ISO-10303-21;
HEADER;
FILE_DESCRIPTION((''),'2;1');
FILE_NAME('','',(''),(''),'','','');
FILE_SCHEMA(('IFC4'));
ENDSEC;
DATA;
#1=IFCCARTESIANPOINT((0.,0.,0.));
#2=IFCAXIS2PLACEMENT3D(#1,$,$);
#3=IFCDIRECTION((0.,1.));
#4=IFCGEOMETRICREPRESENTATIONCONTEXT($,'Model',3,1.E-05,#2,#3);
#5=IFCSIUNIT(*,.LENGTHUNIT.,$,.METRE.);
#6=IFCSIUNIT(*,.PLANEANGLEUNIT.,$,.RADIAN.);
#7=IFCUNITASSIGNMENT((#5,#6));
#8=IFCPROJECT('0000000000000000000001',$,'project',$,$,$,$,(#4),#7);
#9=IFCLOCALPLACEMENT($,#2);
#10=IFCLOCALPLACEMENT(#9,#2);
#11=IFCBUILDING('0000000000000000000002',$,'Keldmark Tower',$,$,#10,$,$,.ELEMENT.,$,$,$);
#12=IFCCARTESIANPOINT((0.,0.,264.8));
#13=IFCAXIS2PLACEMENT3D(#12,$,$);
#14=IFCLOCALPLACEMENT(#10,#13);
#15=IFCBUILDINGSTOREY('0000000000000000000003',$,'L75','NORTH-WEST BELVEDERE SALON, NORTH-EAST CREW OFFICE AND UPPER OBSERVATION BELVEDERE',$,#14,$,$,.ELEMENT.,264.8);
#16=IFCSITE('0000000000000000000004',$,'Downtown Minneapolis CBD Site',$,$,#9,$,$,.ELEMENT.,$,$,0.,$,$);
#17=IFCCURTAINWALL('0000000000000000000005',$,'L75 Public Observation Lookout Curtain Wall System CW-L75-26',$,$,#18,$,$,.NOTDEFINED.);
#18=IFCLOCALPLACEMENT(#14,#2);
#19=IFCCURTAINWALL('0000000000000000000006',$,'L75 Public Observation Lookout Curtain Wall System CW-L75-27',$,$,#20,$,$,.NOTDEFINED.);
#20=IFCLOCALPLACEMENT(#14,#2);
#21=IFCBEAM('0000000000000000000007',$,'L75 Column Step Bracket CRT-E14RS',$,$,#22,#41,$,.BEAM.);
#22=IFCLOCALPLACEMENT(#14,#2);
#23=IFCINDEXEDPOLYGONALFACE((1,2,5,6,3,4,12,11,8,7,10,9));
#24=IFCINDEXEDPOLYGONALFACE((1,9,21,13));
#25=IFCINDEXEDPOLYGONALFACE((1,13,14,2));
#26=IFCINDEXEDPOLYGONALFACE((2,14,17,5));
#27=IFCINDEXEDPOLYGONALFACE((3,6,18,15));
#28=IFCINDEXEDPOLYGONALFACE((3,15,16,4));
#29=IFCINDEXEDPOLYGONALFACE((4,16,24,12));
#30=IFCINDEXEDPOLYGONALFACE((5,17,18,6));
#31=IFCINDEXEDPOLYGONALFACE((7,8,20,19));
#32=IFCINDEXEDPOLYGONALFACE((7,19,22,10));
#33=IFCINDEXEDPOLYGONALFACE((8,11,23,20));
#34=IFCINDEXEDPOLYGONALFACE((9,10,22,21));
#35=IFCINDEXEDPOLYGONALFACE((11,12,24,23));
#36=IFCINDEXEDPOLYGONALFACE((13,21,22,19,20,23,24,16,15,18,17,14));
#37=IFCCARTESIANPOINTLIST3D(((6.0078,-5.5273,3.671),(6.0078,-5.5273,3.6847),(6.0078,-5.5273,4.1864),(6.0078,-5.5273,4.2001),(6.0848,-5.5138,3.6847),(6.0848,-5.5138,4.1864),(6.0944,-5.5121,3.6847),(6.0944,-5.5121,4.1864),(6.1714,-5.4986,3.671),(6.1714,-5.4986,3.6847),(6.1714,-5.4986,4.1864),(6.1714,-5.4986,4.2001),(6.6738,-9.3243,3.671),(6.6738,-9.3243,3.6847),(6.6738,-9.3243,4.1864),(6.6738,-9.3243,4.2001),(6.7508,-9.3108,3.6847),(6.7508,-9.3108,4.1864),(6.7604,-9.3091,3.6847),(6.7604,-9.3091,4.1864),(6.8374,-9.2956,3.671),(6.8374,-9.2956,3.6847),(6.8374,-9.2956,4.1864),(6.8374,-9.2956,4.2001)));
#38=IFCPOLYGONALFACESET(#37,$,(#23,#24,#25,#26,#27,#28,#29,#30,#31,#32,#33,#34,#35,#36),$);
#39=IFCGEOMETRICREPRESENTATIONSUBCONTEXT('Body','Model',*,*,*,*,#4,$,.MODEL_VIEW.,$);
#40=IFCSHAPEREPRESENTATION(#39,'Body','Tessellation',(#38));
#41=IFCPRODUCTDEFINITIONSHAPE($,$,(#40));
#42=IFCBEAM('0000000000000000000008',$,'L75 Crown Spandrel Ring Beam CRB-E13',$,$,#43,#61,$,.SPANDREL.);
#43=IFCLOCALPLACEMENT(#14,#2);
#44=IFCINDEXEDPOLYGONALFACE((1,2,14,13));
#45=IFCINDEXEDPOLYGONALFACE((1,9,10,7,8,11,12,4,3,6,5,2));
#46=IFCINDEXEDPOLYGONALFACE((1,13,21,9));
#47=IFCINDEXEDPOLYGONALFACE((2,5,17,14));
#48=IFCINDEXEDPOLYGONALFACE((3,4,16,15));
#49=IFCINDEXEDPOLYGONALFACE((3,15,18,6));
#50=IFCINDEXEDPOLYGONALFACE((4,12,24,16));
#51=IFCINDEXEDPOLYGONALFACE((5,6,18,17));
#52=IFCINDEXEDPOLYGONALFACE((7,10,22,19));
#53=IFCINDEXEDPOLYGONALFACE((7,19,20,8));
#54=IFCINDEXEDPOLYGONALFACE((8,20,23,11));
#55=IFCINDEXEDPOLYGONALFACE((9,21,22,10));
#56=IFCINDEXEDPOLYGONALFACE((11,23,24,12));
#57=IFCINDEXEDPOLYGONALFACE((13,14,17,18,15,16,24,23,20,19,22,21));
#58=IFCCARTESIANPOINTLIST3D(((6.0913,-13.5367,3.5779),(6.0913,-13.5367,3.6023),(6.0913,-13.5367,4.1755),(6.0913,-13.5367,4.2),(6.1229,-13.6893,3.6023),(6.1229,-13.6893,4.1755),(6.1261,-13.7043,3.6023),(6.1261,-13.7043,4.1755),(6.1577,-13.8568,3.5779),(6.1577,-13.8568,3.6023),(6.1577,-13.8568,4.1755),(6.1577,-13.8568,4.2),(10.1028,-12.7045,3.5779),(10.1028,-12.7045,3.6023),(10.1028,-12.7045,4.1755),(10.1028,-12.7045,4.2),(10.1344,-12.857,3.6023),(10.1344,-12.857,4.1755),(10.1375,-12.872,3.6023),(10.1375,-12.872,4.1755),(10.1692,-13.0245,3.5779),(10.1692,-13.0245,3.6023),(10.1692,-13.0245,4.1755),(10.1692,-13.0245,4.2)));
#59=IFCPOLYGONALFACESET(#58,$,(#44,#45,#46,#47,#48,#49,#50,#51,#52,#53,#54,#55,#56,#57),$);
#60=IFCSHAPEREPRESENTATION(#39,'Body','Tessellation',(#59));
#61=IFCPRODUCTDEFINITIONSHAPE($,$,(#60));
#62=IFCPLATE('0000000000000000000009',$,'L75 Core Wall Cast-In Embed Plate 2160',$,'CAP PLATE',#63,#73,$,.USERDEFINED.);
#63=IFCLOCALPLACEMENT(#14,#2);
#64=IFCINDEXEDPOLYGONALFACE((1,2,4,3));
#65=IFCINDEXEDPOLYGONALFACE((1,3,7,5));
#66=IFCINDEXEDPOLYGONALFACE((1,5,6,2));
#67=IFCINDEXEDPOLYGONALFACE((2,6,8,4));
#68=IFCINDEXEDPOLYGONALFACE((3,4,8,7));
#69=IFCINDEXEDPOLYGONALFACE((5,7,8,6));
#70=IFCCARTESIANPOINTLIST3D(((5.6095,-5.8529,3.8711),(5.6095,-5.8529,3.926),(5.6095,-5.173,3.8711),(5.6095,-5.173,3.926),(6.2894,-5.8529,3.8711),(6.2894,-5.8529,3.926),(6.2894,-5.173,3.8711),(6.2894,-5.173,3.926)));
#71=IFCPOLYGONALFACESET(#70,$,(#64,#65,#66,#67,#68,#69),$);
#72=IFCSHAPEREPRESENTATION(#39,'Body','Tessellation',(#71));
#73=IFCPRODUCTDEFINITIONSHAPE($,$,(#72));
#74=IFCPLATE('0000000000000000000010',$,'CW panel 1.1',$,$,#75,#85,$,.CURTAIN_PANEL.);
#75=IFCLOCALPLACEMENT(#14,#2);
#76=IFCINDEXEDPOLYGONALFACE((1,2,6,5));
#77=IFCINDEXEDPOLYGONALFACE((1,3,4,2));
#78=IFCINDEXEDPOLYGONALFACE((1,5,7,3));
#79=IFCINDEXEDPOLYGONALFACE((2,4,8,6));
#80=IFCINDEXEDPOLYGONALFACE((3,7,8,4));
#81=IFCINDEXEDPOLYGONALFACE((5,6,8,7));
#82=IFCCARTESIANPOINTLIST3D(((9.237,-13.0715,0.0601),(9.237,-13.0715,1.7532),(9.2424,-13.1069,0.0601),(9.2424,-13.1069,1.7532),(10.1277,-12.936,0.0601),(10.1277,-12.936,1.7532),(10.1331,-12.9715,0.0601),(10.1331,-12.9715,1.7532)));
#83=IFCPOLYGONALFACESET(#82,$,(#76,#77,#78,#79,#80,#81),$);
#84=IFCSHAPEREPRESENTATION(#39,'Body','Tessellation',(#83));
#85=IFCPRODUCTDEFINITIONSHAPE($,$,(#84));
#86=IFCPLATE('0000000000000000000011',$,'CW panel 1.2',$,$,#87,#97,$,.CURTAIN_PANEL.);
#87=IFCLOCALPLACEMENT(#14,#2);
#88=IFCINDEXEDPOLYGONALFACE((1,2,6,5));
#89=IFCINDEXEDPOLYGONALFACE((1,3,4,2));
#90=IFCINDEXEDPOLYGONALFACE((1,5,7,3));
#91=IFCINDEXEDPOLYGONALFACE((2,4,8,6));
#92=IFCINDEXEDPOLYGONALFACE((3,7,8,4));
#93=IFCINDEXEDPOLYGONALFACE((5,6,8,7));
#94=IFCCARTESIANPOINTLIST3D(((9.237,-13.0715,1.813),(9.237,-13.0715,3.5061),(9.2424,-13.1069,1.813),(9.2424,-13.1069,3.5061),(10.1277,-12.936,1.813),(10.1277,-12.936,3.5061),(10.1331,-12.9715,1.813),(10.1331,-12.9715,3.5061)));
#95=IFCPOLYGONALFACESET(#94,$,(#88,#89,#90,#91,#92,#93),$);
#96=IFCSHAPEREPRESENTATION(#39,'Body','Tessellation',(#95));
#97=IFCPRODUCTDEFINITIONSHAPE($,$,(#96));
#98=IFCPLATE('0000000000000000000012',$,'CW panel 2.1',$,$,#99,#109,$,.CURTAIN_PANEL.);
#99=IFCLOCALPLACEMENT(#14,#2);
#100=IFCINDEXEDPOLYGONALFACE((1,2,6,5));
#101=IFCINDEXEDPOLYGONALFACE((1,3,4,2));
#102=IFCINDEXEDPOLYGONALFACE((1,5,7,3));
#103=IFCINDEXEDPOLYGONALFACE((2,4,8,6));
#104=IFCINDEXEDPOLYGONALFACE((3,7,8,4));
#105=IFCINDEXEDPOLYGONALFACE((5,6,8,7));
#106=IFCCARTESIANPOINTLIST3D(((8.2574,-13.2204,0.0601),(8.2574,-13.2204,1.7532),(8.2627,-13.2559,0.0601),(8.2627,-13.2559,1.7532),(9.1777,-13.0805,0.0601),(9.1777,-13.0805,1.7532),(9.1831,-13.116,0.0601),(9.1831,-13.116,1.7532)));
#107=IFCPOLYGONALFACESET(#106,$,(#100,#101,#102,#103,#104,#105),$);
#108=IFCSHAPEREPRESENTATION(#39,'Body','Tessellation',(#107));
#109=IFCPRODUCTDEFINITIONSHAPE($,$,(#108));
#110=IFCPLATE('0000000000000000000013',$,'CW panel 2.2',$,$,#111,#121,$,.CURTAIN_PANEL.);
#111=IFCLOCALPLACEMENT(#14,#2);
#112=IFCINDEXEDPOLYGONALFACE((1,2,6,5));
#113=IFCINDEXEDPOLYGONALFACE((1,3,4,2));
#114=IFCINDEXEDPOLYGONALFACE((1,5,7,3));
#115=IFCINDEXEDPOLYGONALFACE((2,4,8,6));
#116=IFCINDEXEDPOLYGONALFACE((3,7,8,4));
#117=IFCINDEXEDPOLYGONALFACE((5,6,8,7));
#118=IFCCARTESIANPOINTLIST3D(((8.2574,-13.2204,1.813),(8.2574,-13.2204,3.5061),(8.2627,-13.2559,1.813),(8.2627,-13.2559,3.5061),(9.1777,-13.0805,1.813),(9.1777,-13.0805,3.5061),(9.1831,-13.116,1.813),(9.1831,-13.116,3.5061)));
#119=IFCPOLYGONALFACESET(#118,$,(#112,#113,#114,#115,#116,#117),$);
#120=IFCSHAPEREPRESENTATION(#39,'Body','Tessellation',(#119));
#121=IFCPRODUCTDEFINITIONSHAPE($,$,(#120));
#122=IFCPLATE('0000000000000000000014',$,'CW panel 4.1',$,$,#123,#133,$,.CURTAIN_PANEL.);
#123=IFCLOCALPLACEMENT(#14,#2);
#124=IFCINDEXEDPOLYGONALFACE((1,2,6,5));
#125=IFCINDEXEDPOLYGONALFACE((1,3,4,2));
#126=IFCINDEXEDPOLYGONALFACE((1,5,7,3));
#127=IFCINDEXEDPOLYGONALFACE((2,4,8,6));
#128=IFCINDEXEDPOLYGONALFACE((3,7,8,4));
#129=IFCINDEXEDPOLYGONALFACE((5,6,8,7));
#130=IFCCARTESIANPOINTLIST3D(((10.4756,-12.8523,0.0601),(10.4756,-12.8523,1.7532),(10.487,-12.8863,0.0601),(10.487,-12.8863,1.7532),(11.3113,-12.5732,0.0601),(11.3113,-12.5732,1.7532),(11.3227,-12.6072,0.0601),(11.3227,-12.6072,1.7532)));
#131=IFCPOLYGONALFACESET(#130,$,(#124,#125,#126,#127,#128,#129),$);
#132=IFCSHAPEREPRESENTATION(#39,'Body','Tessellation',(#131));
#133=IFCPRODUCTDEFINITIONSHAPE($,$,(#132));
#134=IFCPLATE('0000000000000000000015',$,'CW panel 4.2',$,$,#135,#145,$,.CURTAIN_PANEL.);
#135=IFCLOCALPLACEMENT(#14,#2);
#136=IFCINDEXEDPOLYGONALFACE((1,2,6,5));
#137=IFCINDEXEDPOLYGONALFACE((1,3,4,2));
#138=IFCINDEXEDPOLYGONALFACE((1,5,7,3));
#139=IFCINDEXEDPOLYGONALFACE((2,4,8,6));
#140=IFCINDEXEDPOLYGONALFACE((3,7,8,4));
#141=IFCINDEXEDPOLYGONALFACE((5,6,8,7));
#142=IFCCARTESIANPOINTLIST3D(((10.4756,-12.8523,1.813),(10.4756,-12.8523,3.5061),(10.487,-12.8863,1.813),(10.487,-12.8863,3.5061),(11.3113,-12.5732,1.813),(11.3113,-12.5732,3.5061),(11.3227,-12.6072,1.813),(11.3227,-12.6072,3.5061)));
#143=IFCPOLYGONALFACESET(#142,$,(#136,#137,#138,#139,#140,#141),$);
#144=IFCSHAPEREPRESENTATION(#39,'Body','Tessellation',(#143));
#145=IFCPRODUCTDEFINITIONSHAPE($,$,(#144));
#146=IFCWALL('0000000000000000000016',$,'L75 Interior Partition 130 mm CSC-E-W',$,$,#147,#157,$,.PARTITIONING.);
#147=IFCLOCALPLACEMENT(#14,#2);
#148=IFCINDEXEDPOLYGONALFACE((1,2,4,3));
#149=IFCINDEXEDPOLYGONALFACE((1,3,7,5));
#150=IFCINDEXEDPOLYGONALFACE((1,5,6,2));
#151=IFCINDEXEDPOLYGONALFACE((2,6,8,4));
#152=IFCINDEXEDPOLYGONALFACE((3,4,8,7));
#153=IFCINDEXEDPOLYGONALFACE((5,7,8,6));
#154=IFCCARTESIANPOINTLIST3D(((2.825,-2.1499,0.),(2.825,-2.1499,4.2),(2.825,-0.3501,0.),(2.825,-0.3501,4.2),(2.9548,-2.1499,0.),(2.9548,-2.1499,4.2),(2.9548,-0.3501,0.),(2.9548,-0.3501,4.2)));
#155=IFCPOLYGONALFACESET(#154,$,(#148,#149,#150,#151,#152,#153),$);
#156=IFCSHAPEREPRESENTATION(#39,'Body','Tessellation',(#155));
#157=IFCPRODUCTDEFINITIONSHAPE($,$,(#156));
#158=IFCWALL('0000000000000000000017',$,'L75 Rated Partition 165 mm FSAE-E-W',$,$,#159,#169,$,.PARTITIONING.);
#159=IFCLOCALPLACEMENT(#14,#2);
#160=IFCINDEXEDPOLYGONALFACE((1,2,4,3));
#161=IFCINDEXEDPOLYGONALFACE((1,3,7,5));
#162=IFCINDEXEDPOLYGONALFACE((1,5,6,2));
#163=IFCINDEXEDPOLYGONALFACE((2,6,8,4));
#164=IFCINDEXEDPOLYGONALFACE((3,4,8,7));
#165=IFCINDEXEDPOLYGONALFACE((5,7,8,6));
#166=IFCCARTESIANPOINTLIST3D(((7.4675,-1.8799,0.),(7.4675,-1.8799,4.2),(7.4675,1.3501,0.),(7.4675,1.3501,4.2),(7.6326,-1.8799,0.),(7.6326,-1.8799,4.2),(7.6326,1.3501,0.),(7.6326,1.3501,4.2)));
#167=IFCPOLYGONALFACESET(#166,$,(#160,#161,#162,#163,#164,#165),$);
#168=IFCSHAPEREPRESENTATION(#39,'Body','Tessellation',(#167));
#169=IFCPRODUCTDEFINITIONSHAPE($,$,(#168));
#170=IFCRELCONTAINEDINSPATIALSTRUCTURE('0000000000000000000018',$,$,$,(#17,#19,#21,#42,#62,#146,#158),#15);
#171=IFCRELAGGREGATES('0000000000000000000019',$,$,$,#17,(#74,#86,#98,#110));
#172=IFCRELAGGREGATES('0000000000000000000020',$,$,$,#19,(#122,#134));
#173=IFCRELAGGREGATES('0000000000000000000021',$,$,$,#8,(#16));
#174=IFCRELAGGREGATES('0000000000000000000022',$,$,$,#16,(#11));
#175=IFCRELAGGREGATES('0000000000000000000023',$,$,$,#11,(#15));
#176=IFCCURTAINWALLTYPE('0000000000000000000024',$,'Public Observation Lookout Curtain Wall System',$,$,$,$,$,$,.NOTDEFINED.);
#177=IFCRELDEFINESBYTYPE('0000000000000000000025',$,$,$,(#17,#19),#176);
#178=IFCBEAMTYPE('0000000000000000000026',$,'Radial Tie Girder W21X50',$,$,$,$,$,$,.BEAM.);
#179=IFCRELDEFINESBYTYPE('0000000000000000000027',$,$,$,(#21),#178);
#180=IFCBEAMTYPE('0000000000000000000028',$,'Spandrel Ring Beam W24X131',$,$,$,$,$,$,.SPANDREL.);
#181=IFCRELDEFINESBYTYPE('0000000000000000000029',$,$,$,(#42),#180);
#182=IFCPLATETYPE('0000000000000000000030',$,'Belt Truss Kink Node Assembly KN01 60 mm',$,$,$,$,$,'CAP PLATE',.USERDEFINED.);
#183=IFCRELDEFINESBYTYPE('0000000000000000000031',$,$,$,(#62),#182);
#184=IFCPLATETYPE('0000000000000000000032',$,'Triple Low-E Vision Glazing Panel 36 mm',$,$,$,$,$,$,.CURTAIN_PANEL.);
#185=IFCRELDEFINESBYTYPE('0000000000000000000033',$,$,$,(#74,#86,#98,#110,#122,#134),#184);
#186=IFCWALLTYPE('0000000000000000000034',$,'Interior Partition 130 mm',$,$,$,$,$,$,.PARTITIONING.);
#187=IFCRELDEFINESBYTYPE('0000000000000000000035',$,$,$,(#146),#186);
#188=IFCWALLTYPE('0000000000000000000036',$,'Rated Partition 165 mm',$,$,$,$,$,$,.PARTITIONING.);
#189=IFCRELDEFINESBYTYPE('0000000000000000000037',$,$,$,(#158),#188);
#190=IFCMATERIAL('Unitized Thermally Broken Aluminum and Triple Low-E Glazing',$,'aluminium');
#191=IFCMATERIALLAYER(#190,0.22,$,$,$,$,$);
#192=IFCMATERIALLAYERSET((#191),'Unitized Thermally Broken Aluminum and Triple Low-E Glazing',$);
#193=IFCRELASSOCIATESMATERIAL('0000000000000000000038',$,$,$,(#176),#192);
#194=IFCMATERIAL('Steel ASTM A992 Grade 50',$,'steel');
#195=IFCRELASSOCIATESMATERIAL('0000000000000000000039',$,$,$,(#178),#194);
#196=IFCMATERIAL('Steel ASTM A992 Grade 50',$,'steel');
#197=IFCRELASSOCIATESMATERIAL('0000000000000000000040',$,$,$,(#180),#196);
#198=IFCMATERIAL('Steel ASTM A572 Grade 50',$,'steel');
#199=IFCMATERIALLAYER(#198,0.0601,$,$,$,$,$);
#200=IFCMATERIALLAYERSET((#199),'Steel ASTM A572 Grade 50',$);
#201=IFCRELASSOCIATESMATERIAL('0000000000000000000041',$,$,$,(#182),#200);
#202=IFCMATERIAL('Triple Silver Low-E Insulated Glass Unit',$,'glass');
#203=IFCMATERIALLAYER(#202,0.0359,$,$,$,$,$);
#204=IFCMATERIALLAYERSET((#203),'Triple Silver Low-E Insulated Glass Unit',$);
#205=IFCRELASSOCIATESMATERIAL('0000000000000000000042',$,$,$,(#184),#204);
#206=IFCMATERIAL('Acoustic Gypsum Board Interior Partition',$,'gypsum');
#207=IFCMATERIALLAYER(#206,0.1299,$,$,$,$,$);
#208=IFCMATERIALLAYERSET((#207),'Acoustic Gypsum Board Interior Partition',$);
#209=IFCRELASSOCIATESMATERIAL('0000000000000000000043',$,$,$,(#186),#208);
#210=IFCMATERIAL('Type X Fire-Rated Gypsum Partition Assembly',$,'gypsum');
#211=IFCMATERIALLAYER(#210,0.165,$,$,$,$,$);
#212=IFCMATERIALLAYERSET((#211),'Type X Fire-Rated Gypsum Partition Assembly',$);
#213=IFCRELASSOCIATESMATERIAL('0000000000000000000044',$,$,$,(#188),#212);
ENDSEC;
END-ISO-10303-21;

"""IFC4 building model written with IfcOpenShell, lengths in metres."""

from ifc_helpers import new_model, si_unit, direction, frame, frame_2d, origin, origin_2d, place, context, subcontext, project, spatial, rectangle, i_section, extrude, material, layer, layer_set, material_profile, profile_set, type_object, element, aggregate, save


model = new_model("IFC4")

# Units and contexts
model_context = context("Model", 3, precision=1e-05, world=origin(), true_north=direction((0.0, 1.0)))
body_context = subcontext(model_context, "Body", "Model", "MODEL_VIEW")
ifc_project = project(units=[si_unit("LENGTHUNIT", "METRE"), si_unit("PLANEANGLEUNIT", "RADIAN")], contexts=[model_context])

# Site, building, storey
site_placement = place(None, origin())
site = spatial("IfcSite", under=ifc_project, at=site_placement, Name="Downtown Minneapolis CBD Site", CompositionType="ELEMENT", RefElevation=0.0)
building_placement = place(site_placement, origin())
building = spatial("IfcBuilding", under=site, at=building_placement, Name="Keldmark Tower", CompositionType="ELEMENT")
storey_placement = place(building_placement, frame((0.0, 0.0, 264.8)))
storey = spatial("IfcBuildingStorey", under=building, at=storey_placement, Name="L75", Description="NORTH-WEST BELVEDERE SALON, NORTH-EAST CREW OFFICE AND UPPER OBSERVATION BELVEDERE", CompositionType="ELEMENT", Elevation=264.8)

# Curtain wall
ifc_material_1 = material(Name="Unitized Thermally Broken Aluminum and Triple Low-E Glazing", Category="aluminium")
ifc_layer_1 = layer(ifc_material_1, 0.22)
ifc_layer_set_1 = layer_set([ifc_layer_1], Name="Unitized Thermally Broken Aluminum and Triple Low-E Glazing")
curtain_wall_type = type_object("IfcCurtainWallType", Name="Public Observation Lookout Curtain Wall System", PredefinedType="NOTDEFINED", material=ifc_layer_set_1)
curtain_wall_1_placement = place(storey_placement, origin())
curtain_wall_1 = element("IfcCurtainWall", 1, at=curtain_wall_1_placement, inside=storey, type_object=curtain_wall_type, Name="L75 Public Observation Lookout Curtain Wall System CW-L75-26", PredefinedType="NOTDEFINED")

# Curtain wall
curtain_wall_2_placement = place(storey_placement, origin())
curtain_wall_2 = element("IfcCurtainWall", 2, at=curtain_wall_2_placement, inside=storey, type_object=curtain_wall_type, Name="L75 Public Observation Lookout Curtain Wall System CW-L75-27", PredefinedType="NOTDEFINED")

# Beams
ifc_material_2 = material(Name="Steel ASTM A992 Grade 50", Category="steel")
ifc_material_profile_1 = material_profile(ifc_material_2, i_section(OverallWidth=0.166, OverallDepth=0.5291, WebThickness=0.0098, FlangeThickness=0.0137, at=origin_2d()), Name="W21X50")
ifc_profile_set_1 = profile_set([ifc_material_profile_1], Name="Steel ASTM A992 Grade 50")
beam_type_1 = type_object("IfcBeamType", Name="Radial Tie Girder W21X50", PredefinedType="BEAM", material=ifc_profile_set_1)
beam_1_placement = place(storey_placement, frame((6.0896, -5.5129, 3.9355), z_axis=(0.172763, -0.984963, 0.0), x_axis=(0.984963, 0.172763, 0.0)))
element("IfcBeam", 3, at=beam_1_placement, inside=storey, type_object=beam_type_1, Name="L75 Column Step Bracket CRT-E14RS", PredefinedType="BEAM", context=body_context, shape_type="SweptSolid", body=[
    extrude(i_section(OverallWidth=0.166, OverallDepth=0.5291, WebThickness=0.0098, FlangeThickness=0.0137, at=origin_2d()), origin(), (0.0, 0.0, 1.0), 3.855),
])
ifc_material_3 = material(Name="Steel ASTM A992 Grade 50", Category="steel")
ifc_material_profile_2 = material_profile(ifc_material_3, i_section(OverallWidth=0.3269, OverallDepth=0.6221, WebThickness=0.0154, FlangeThickness=0.0244, at=origin_2d()), Name="W24X131")
ifc_profile_set_2 = profile_set([ifc_material_profile_2], Name="Steel ASTM A992 Grade 50")
beam_type_2 = type_object("IfcBeamType", Name="Spandrel Ring Beam W24X131", PredefinedType="SPANDREL", material=ifc_profile_set_2)
beam_2_placement = place(storey_placement, frame((10.136, -12.8645, 3.8889), z_axis=(-0.979148, -0.203147, 0.0), x_axis=(0.203147, -0.979148, 0.0)))
element("IfcBeam", 4, at=beam_2_placement, inside=storey, type_object=beam_type_2, Name="L75 Crown Spandrel Ring Beam CRB-E13", PredefinedType="SPANDREL", context=body_context, shape_type="SweptSolid", body=[
    extrude(i_section(OverallWidth=0.3269, OverallDepth=0.6221, WebThickness=0.0154, FlangeThickness=0.0244, at=origin_2d()), origin(), (0.0, 0.0, 1.0), 4.0969),
])

# Plates
ifc_material_4 = material(Name="Steel ASTM A572 Grade 50", Category="steel")
ifc_layer_2 = layer(ifc_material_4, 0.0601)
ifc_layer_set_2 = layer_set([ifc_layer_2], Name="Steel ASTM A572 Grade 50")
plate_type_1 = type_object("IfcPlateType", Name="Belt Truss Kink Node Assembly KN01 60 mm", ElementType="CAP PLATE", PredefinedType="USERDEFINED", material=ifc_layer_set_2)
plate_1_placement = place(storey_placement, frame((5.9495, -5.5129, 3.8711), z_axis=(0.0, 0.0, 1.0), x_axis=(1.0, 0.0, 0.0)))
element("IfcPlate", 5, at=plate_1_placement, inside=storey, type_object=plate_type_1, Name="L75 Core Wall Cast-In Embed Plate 2160", ObjectType="CAP PLATE", PredefinedType="USERDEFINED", context=body_context, shape_type="SweptSolid", body=[
    extrude(rectangle(XDim=0.6799, YDim=0.6799, at=origin_2d()), origin(), (0.0, 0.0, 1.0), 0.0549),
])
ifc_material_5 = material(Name="Triple Silver Low-E Insulated Glass Unit", Category="glass")
ifc_layer_3 = layer(ifc_material_5, 0.0359)
ifc_layer_set_3 = layer_set([ifc_layer_3], Name="Triple Silver Low-E Insulated Glass Unit")
plate_type_2 = type_object("IfcPlateType", Name="Triple Low-E Vision Glazing Panel 36 mm", PredefinedType="CURTAIN_PANEL", material=ifc_layer_set_3)
plate_2_placement = place(storey_placement, frame((9.6851, -13.0215, 0.0601), z_axis=(0.0, 0.0, 1.0), x_axis=(-0.988635, -0.150337, 0.0)))
plate_2 = element("IfcPlate", 6, at=plate_2_placement, type_object=plate_type_2, Name="CW panel 1.1", PredefinedType="CURTAIN_PANEL", context=body_context, shape_type="SweptSolid", body=[
    extrude(rectangle(XDim=0.9009, YDim=0.0359, at=origin_2d()), origin(), (0.0, 0.0, 1.0), 1.6931),
])
plate_3_placement = place(storey_placement, frame((9.6851, -13.0215, 1.813), z_axis=(0.0, 0.0, 1.0), x_axis=(-0.988635, -0.150337, 0.0)))
plate_3 = element("IfcPlate", 7, at=plate_3_placement, type_object=plate_type_2, Name="CW panel 1.2", PredefinedType="CURTAIN_PANEL", context=body_context, shape_type="SweptSolid", body=[
    extrude(rectangle(XDim=0.9009, YDim=0.0359, at=origin_2d()), origin(), (0.0, 0.0, 1.0), 1.6931),
])
plate_4_placement = place(storey_placement, frame((8.7202, -13.1682, 0.0601), z_axis=(0.0, 0.0, 1.0), x_axis=(-0.988635, -0.150337, 0.0)))
plate_4 = element("IfcPlate", 8, at=plate_4_placement, type_object=plate_type_2, Name="CW panel 2.1", PredefinedType="CURTAIN_PANEL", context=body_context, shape_type="SweptSolid", body=[
    extrude(rectangle(XDim=0.9309, YDim=0.0359, at=origin_2d()), origin(), (0.0, 0.0, 1.0), 1.6931),
])
plate_5_placement = place(storey_placement, frame((8.7202, -13.1682, 1.813), z_axis=(0.0, 0.0, 1.0), x_axis=(-0.988635, -0.150337, 0.0)))
plate_5 = element("IfcPlate", 9, at=plate_5_placement, type_object=plate_type_2, Name="CW panel 2.2", PredefinedType="CURTAIN_PANEL", context=body_context, shape_type="SweptSolid", body=[
    extrude(rectangle(XDim=0.9309, YDim=0.0359, at=origin_2d()), origin(), (0.0, 0.0, 1.0), 1.6931),
])
aggregate(curtain_wall_1, [plate_2, plate_3, plate_4, plate_5])
plate_6_placement = place(storey_placement, frame((10.8992, -12.7297, 0.0601), z_axis=(0.0, 0.0, 1.0), x_axis=(-0.9485, -0.316776, 0.0)))
plate_6 = element("IfcPlate", 10, at=plate_6_placement, type_object=plate_type_2, Name="CW panel 4.1", PredefinedType="CURTAIN_PANEL", context=body_context, shape_type="SweptSolid", body=[
    extrude(rectangle(XDim=0.8811, YDim=0.0359, at=origin_2d()), origin(), (0.0, 0.0, 1.0), 1.6931),
])
plate_7_placement = place(storey_placement, frame((10.8992, -12.7297, 1.813), z_axis=(0.0, 0.0, 1.0), x_axis=(-0.9485, -0.316776, 0.0)))
plate_7 = element("IfcPlate", 11, at=plate_7_placement, type_object=plate_type_2, Name="CW panel 4.2", PredefinedType="CURTAIN_PANEL", context=body_context, shape_type="SweptSolid", body=[
    extrude(rectangle(XDim=0.8811, YDim=0.0359, at=origin_2d()), origin(), (0.0, 0.0, 1.0), 1.6931),
])
aggregate(curtain_wall_2, [plate_6, plate_7])

# Walls
ifc_material_6 = material(Name="Acoustic Gypsum Board Interior Partition", Category="gypsum")
ifc_layer_4 = layer(ifc_material_6, 0.1299)
ifc_layer_set_4 = layer_set([ifc_layer_4], Name="Acoustic Gypsum Board Interior Partition")
wall_type_1 = type_object("IfcWallType", Name="Interior Partition 130 mm", PredefinedType="PARTITIONING", material=ifc_layer_set_4)
wall_1_placement = place(storey_placement, frame((2.8899, -2.1499, 0.0), z_axis=(0.0, 0.0, 1.0), x_axis=(0.0, 1.0, 0.0)))
element("IfcWall", 12, at=wall_1_placement, inside=storey, type_object=wall_type_1, Name="L75 Interior Partition 130 mm CSC-E-W", PredefinedType="PARTITIONING", context=body_context, shape_type="SweptSolid", body=[
    extrude(rectangle(XDim=1.7998, YDim=0.1299, at=frame_2d((0.8999, 0.0))), origin(), (0.0, 0.0, 1.0), 4.2),
])
ifc_material_7 = material(Name="Type X Fire-Rated Gypsum Partition Assembly", Category="gypsum")
ifc_layer_5 = layer(ifc_material_7, 0.165)
ifc_layer_set_5 = layer_set([ifc_layer_5], Name="Type X Fire-Rated Gypsum Partition Assembly")
wall_type_2 = type_object("IfcWallType", Name="Rated Partition 165 mm", PredefinedType="PARTITIONING", material=ifc_layer_set_5)
wall_2_placement = place(storey_placement, frame((7.55, -1.8799, 0.0), z_axis=(0.0, 0.0, 1.0), x_axis=(0.0, 1.0, 0.0)))
element("IfcWall", 13, at=wall_2_placement, inside=storey, type_object=wall_type_2, Name="L75 Rated Partition 165 mm FSAE-E-W", PredefinedType="PARTITIONING", context=body_context, shape_type="SweptSolid", body=[
    extrude(rectangle(XDim=3.23, YDim=0.165, at=frame_2d((1.615, 0.0))), origin(), (0.0, 0.0, 1.0), 4.2),
])

save(model, "model.ifc")
